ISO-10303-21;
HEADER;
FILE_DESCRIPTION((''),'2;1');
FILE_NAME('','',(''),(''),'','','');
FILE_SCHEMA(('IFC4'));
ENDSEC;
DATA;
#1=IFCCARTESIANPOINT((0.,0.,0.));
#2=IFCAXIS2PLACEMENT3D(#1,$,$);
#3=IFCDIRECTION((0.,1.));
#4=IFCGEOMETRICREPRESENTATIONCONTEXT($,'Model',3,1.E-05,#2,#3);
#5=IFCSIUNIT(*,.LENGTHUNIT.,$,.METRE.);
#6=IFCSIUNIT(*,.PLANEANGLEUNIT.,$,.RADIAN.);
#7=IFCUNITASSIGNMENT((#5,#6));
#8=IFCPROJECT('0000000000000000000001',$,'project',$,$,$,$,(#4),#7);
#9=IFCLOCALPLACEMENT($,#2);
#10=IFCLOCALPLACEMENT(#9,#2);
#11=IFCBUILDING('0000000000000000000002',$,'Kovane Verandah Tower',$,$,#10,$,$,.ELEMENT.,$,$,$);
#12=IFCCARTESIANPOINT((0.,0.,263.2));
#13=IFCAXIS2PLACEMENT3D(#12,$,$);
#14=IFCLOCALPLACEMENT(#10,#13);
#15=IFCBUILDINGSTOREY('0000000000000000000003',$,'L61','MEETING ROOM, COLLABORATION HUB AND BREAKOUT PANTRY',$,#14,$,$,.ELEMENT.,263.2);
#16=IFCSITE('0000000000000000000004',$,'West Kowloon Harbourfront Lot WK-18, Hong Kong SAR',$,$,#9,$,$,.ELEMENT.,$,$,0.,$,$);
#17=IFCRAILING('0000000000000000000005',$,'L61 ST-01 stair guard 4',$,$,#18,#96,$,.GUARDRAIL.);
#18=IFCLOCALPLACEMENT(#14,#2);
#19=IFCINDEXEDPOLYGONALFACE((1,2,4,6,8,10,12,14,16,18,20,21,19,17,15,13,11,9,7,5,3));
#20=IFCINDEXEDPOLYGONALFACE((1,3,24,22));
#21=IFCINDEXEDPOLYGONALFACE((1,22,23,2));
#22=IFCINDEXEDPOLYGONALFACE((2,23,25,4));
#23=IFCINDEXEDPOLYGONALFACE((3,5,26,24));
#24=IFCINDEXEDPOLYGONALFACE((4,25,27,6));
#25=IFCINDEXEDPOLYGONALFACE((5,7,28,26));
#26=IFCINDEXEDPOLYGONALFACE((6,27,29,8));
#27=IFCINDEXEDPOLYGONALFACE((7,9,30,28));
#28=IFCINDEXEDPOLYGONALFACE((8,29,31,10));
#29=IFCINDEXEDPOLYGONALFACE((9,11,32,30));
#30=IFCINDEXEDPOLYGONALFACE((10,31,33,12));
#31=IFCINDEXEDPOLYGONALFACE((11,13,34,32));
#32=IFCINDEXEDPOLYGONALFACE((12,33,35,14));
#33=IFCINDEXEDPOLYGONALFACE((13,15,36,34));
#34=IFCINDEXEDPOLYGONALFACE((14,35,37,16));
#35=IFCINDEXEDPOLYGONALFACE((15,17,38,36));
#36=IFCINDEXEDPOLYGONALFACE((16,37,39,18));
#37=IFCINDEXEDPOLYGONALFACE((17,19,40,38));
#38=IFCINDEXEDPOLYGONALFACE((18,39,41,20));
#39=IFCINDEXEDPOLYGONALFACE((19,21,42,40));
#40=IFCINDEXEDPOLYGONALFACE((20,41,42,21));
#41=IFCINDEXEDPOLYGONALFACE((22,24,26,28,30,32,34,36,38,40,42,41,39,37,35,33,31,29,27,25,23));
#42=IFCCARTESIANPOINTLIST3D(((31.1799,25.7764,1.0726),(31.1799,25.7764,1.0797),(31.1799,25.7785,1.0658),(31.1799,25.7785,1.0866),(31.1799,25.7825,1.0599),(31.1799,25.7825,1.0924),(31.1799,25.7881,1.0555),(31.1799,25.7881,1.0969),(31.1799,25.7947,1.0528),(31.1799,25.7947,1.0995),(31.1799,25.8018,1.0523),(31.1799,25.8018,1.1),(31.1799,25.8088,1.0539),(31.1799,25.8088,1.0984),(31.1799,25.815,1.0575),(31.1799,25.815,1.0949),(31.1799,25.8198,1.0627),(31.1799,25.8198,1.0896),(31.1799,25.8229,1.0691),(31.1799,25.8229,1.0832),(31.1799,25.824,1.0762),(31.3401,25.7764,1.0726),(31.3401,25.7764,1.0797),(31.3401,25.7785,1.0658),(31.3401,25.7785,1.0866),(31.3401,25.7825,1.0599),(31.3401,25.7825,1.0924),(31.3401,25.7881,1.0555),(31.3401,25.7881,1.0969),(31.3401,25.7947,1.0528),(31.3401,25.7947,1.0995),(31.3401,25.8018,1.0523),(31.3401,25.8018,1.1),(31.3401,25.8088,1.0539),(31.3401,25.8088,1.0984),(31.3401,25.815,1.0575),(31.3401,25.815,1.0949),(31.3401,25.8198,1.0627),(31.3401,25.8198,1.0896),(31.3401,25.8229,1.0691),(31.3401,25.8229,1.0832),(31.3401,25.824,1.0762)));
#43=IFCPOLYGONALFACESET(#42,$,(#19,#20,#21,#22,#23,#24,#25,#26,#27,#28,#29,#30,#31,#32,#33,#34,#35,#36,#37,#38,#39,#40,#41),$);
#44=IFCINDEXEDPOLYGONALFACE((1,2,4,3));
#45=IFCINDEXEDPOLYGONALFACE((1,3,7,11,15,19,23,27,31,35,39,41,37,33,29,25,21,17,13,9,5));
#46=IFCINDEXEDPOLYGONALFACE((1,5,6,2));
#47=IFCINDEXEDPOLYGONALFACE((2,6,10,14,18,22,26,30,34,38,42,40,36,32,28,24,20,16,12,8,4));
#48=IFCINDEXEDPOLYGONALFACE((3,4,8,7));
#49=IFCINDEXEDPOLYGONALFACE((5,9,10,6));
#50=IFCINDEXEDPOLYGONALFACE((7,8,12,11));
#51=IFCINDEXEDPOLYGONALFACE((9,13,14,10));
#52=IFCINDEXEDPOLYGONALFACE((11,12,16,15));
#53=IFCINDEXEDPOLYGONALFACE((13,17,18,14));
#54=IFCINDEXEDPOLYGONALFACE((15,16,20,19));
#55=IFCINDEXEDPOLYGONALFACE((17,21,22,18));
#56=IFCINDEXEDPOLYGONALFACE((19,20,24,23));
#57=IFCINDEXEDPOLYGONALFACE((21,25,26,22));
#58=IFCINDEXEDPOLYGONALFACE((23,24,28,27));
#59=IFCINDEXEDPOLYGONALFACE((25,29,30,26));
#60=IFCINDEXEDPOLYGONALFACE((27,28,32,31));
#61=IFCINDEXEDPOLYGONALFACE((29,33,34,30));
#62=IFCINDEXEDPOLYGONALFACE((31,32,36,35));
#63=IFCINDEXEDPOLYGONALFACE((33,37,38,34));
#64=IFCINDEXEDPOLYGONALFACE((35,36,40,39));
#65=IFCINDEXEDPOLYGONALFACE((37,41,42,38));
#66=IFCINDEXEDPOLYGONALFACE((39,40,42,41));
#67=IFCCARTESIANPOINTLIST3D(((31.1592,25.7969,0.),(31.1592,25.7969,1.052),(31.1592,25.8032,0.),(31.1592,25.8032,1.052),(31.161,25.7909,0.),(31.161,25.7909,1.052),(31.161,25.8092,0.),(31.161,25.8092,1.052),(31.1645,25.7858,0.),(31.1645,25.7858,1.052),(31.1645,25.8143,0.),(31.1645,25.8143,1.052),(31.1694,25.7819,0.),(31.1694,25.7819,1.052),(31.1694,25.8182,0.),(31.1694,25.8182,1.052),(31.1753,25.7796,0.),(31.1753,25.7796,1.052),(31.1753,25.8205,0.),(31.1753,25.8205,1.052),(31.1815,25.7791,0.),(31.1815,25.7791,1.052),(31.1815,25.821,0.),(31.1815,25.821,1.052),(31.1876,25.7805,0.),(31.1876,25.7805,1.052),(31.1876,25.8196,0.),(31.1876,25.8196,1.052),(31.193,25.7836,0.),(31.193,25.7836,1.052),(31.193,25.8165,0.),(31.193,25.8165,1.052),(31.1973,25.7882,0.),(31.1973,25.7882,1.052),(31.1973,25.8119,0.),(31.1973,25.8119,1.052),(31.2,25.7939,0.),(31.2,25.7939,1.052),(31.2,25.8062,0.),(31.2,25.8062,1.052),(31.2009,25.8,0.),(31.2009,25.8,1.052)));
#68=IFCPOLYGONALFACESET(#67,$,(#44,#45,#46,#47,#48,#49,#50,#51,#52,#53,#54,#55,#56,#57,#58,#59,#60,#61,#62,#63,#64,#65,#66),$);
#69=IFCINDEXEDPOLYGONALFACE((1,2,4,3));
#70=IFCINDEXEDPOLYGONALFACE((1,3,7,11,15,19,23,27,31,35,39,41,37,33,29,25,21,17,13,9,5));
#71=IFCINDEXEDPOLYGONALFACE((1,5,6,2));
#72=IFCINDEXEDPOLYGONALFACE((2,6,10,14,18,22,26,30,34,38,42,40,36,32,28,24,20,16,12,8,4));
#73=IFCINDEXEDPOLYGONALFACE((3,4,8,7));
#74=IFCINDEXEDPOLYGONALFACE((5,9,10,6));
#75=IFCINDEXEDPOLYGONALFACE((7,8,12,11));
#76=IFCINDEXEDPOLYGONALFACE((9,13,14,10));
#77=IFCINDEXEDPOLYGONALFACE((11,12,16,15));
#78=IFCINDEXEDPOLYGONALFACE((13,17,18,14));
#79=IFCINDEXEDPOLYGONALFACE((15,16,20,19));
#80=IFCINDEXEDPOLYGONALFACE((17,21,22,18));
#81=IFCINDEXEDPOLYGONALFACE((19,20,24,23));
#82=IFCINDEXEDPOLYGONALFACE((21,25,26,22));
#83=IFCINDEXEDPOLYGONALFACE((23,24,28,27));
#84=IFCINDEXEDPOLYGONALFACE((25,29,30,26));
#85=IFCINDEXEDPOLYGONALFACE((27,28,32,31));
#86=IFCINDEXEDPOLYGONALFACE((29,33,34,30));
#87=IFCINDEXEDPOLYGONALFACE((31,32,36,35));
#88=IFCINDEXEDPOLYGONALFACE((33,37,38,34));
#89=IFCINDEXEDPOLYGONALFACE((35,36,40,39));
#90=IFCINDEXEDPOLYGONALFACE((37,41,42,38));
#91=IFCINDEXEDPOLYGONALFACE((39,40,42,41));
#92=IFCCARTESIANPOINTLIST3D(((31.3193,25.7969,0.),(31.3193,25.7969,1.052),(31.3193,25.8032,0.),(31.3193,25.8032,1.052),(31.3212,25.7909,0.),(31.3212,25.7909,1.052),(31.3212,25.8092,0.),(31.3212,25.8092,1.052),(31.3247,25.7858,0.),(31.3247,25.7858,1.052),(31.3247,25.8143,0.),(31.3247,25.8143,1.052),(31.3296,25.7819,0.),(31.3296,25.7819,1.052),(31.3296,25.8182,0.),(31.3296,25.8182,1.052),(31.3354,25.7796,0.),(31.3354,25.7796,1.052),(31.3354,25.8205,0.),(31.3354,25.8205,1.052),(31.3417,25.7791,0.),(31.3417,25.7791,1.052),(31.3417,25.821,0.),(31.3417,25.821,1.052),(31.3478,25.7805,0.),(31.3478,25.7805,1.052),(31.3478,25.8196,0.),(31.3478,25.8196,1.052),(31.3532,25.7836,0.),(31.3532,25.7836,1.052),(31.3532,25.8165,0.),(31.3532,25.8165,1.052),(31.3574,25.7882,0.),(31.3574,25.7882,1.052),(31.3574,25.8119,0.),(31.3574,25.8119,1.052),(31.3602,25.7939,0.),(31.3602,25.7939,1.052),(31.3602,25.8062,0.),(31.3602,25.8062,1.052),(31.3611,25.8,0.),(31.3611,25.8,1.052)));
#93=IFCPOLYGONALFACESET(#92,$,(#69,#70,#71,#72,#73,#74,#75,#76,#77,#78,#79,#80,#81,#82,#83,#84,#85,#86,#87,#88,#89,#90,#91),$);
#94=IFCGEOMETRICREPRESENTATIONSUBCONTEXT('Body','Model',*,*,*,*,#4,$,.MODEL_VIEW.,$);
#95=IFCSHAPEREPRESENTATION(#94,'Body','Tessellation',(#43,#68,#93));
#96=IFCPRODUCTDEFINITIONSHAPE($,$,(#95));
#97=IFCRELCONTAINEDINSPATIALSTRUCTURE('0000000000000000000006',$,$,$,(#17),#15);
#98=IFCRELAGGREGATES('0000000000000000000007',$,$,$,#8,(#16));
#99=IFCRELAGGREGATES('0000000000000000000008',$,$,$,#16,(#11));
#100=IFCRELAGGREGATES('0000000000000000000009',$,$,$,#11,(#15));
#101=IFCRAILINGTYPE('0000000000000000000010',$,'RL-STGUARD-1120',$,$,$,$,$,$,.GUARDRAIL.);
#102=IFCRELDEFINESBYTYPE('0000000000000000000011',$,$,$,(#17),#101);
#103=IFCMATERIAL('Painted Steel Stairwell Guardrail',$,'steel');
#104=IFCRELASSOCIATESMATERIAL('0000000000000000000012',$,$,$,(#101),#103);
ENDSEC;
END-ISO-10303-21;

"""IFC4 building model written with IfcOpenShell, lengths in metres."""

from ifc_helpers import new_model, si_unit, direction, frame, origin, origin_2d, place, context, subcontext, project, spatial, circle, extrude, material, type_object, element, save


model = new_model("IFC4")

# Units and contexts
model_context = context("Model", 3, precision=1e-05, world=origin(), true_north=direction((0.0, 1.0)))
body_context = subcontext(model_context, "Body", "Model", "MODEL_VIEW")
ifc_project = project(units=[si_unit("LENGTHUNIT", "METRE"), si_unit("PLANEANGLEUNIT", "RADIAN")], contexts=[model_context])

# Site, building, storey
site_placement = place(None, origin())
site = spatial("IfcSite", under=ifc_project, at=site_placement, Name="West Kowloon Harbourfront Lot WK-18, Hong Kong SAR", CompositionType="ELEMENT", RefElevation=0.0)
building_placement = place(site_placement, origin())
building = spatial("IfcBuilding", under=site, at=building_placement, Name="Kovane Verandah Tower", CompositionType="ELEMENT")
storey_placement = place(building_placement, frame((0.0, 0.0, 263.2)))
storey = spatial("IfcBuildingStorey", under=building, at=storey_placement, Name="L61", Description="MEETING ROOM, COLLABORATION HUB AND BREAKOUT PANTRY", CompositionType="ELEMENT", Elevation=263.2)

# Railing
ifc_material_1 = material(Name="Painted Steel Stairwell Guardrail", Category="steel")
railing_type_1 = type_object("IfcRailingType", Name="RL-STGUARD-1120", PredefinedType="GUARDRAIL", material=ifc_material_1)
railing_1_placement = place(storey_placement, frame((31.1799, 25.8, 0.0)))
element("IfcRailing", 1, at=railing_1_placement, inside=storey, type_object=railing_type_1, Name="L61 ST-01 stair guard 4", PredefinedType="GUARDRAIL", context=body_context, shape_type="SweptSolid", body=[
    extrude(circle(Radius=0.0239, at=origin_2d()), frame((0.0, 0.0, 1.0762), z_axis=(1.0, 0.0, 0.0), x_axis=(0.0, 1.0, 0.0)), (0.0, 0.0, 1.0), 0.1602),
    extrude(circle(Radius=0.021, at=origin_2d()), origin(), (0.0, 0.0, 1.0), 1.052),
    extrude(circle(Radius=0.021, at=origin_2d()), frame((0.1602, 0.0, 0.0)), (0.0, 0.0, 1.0), 1.052),
])

save(model, "model.ifc")
